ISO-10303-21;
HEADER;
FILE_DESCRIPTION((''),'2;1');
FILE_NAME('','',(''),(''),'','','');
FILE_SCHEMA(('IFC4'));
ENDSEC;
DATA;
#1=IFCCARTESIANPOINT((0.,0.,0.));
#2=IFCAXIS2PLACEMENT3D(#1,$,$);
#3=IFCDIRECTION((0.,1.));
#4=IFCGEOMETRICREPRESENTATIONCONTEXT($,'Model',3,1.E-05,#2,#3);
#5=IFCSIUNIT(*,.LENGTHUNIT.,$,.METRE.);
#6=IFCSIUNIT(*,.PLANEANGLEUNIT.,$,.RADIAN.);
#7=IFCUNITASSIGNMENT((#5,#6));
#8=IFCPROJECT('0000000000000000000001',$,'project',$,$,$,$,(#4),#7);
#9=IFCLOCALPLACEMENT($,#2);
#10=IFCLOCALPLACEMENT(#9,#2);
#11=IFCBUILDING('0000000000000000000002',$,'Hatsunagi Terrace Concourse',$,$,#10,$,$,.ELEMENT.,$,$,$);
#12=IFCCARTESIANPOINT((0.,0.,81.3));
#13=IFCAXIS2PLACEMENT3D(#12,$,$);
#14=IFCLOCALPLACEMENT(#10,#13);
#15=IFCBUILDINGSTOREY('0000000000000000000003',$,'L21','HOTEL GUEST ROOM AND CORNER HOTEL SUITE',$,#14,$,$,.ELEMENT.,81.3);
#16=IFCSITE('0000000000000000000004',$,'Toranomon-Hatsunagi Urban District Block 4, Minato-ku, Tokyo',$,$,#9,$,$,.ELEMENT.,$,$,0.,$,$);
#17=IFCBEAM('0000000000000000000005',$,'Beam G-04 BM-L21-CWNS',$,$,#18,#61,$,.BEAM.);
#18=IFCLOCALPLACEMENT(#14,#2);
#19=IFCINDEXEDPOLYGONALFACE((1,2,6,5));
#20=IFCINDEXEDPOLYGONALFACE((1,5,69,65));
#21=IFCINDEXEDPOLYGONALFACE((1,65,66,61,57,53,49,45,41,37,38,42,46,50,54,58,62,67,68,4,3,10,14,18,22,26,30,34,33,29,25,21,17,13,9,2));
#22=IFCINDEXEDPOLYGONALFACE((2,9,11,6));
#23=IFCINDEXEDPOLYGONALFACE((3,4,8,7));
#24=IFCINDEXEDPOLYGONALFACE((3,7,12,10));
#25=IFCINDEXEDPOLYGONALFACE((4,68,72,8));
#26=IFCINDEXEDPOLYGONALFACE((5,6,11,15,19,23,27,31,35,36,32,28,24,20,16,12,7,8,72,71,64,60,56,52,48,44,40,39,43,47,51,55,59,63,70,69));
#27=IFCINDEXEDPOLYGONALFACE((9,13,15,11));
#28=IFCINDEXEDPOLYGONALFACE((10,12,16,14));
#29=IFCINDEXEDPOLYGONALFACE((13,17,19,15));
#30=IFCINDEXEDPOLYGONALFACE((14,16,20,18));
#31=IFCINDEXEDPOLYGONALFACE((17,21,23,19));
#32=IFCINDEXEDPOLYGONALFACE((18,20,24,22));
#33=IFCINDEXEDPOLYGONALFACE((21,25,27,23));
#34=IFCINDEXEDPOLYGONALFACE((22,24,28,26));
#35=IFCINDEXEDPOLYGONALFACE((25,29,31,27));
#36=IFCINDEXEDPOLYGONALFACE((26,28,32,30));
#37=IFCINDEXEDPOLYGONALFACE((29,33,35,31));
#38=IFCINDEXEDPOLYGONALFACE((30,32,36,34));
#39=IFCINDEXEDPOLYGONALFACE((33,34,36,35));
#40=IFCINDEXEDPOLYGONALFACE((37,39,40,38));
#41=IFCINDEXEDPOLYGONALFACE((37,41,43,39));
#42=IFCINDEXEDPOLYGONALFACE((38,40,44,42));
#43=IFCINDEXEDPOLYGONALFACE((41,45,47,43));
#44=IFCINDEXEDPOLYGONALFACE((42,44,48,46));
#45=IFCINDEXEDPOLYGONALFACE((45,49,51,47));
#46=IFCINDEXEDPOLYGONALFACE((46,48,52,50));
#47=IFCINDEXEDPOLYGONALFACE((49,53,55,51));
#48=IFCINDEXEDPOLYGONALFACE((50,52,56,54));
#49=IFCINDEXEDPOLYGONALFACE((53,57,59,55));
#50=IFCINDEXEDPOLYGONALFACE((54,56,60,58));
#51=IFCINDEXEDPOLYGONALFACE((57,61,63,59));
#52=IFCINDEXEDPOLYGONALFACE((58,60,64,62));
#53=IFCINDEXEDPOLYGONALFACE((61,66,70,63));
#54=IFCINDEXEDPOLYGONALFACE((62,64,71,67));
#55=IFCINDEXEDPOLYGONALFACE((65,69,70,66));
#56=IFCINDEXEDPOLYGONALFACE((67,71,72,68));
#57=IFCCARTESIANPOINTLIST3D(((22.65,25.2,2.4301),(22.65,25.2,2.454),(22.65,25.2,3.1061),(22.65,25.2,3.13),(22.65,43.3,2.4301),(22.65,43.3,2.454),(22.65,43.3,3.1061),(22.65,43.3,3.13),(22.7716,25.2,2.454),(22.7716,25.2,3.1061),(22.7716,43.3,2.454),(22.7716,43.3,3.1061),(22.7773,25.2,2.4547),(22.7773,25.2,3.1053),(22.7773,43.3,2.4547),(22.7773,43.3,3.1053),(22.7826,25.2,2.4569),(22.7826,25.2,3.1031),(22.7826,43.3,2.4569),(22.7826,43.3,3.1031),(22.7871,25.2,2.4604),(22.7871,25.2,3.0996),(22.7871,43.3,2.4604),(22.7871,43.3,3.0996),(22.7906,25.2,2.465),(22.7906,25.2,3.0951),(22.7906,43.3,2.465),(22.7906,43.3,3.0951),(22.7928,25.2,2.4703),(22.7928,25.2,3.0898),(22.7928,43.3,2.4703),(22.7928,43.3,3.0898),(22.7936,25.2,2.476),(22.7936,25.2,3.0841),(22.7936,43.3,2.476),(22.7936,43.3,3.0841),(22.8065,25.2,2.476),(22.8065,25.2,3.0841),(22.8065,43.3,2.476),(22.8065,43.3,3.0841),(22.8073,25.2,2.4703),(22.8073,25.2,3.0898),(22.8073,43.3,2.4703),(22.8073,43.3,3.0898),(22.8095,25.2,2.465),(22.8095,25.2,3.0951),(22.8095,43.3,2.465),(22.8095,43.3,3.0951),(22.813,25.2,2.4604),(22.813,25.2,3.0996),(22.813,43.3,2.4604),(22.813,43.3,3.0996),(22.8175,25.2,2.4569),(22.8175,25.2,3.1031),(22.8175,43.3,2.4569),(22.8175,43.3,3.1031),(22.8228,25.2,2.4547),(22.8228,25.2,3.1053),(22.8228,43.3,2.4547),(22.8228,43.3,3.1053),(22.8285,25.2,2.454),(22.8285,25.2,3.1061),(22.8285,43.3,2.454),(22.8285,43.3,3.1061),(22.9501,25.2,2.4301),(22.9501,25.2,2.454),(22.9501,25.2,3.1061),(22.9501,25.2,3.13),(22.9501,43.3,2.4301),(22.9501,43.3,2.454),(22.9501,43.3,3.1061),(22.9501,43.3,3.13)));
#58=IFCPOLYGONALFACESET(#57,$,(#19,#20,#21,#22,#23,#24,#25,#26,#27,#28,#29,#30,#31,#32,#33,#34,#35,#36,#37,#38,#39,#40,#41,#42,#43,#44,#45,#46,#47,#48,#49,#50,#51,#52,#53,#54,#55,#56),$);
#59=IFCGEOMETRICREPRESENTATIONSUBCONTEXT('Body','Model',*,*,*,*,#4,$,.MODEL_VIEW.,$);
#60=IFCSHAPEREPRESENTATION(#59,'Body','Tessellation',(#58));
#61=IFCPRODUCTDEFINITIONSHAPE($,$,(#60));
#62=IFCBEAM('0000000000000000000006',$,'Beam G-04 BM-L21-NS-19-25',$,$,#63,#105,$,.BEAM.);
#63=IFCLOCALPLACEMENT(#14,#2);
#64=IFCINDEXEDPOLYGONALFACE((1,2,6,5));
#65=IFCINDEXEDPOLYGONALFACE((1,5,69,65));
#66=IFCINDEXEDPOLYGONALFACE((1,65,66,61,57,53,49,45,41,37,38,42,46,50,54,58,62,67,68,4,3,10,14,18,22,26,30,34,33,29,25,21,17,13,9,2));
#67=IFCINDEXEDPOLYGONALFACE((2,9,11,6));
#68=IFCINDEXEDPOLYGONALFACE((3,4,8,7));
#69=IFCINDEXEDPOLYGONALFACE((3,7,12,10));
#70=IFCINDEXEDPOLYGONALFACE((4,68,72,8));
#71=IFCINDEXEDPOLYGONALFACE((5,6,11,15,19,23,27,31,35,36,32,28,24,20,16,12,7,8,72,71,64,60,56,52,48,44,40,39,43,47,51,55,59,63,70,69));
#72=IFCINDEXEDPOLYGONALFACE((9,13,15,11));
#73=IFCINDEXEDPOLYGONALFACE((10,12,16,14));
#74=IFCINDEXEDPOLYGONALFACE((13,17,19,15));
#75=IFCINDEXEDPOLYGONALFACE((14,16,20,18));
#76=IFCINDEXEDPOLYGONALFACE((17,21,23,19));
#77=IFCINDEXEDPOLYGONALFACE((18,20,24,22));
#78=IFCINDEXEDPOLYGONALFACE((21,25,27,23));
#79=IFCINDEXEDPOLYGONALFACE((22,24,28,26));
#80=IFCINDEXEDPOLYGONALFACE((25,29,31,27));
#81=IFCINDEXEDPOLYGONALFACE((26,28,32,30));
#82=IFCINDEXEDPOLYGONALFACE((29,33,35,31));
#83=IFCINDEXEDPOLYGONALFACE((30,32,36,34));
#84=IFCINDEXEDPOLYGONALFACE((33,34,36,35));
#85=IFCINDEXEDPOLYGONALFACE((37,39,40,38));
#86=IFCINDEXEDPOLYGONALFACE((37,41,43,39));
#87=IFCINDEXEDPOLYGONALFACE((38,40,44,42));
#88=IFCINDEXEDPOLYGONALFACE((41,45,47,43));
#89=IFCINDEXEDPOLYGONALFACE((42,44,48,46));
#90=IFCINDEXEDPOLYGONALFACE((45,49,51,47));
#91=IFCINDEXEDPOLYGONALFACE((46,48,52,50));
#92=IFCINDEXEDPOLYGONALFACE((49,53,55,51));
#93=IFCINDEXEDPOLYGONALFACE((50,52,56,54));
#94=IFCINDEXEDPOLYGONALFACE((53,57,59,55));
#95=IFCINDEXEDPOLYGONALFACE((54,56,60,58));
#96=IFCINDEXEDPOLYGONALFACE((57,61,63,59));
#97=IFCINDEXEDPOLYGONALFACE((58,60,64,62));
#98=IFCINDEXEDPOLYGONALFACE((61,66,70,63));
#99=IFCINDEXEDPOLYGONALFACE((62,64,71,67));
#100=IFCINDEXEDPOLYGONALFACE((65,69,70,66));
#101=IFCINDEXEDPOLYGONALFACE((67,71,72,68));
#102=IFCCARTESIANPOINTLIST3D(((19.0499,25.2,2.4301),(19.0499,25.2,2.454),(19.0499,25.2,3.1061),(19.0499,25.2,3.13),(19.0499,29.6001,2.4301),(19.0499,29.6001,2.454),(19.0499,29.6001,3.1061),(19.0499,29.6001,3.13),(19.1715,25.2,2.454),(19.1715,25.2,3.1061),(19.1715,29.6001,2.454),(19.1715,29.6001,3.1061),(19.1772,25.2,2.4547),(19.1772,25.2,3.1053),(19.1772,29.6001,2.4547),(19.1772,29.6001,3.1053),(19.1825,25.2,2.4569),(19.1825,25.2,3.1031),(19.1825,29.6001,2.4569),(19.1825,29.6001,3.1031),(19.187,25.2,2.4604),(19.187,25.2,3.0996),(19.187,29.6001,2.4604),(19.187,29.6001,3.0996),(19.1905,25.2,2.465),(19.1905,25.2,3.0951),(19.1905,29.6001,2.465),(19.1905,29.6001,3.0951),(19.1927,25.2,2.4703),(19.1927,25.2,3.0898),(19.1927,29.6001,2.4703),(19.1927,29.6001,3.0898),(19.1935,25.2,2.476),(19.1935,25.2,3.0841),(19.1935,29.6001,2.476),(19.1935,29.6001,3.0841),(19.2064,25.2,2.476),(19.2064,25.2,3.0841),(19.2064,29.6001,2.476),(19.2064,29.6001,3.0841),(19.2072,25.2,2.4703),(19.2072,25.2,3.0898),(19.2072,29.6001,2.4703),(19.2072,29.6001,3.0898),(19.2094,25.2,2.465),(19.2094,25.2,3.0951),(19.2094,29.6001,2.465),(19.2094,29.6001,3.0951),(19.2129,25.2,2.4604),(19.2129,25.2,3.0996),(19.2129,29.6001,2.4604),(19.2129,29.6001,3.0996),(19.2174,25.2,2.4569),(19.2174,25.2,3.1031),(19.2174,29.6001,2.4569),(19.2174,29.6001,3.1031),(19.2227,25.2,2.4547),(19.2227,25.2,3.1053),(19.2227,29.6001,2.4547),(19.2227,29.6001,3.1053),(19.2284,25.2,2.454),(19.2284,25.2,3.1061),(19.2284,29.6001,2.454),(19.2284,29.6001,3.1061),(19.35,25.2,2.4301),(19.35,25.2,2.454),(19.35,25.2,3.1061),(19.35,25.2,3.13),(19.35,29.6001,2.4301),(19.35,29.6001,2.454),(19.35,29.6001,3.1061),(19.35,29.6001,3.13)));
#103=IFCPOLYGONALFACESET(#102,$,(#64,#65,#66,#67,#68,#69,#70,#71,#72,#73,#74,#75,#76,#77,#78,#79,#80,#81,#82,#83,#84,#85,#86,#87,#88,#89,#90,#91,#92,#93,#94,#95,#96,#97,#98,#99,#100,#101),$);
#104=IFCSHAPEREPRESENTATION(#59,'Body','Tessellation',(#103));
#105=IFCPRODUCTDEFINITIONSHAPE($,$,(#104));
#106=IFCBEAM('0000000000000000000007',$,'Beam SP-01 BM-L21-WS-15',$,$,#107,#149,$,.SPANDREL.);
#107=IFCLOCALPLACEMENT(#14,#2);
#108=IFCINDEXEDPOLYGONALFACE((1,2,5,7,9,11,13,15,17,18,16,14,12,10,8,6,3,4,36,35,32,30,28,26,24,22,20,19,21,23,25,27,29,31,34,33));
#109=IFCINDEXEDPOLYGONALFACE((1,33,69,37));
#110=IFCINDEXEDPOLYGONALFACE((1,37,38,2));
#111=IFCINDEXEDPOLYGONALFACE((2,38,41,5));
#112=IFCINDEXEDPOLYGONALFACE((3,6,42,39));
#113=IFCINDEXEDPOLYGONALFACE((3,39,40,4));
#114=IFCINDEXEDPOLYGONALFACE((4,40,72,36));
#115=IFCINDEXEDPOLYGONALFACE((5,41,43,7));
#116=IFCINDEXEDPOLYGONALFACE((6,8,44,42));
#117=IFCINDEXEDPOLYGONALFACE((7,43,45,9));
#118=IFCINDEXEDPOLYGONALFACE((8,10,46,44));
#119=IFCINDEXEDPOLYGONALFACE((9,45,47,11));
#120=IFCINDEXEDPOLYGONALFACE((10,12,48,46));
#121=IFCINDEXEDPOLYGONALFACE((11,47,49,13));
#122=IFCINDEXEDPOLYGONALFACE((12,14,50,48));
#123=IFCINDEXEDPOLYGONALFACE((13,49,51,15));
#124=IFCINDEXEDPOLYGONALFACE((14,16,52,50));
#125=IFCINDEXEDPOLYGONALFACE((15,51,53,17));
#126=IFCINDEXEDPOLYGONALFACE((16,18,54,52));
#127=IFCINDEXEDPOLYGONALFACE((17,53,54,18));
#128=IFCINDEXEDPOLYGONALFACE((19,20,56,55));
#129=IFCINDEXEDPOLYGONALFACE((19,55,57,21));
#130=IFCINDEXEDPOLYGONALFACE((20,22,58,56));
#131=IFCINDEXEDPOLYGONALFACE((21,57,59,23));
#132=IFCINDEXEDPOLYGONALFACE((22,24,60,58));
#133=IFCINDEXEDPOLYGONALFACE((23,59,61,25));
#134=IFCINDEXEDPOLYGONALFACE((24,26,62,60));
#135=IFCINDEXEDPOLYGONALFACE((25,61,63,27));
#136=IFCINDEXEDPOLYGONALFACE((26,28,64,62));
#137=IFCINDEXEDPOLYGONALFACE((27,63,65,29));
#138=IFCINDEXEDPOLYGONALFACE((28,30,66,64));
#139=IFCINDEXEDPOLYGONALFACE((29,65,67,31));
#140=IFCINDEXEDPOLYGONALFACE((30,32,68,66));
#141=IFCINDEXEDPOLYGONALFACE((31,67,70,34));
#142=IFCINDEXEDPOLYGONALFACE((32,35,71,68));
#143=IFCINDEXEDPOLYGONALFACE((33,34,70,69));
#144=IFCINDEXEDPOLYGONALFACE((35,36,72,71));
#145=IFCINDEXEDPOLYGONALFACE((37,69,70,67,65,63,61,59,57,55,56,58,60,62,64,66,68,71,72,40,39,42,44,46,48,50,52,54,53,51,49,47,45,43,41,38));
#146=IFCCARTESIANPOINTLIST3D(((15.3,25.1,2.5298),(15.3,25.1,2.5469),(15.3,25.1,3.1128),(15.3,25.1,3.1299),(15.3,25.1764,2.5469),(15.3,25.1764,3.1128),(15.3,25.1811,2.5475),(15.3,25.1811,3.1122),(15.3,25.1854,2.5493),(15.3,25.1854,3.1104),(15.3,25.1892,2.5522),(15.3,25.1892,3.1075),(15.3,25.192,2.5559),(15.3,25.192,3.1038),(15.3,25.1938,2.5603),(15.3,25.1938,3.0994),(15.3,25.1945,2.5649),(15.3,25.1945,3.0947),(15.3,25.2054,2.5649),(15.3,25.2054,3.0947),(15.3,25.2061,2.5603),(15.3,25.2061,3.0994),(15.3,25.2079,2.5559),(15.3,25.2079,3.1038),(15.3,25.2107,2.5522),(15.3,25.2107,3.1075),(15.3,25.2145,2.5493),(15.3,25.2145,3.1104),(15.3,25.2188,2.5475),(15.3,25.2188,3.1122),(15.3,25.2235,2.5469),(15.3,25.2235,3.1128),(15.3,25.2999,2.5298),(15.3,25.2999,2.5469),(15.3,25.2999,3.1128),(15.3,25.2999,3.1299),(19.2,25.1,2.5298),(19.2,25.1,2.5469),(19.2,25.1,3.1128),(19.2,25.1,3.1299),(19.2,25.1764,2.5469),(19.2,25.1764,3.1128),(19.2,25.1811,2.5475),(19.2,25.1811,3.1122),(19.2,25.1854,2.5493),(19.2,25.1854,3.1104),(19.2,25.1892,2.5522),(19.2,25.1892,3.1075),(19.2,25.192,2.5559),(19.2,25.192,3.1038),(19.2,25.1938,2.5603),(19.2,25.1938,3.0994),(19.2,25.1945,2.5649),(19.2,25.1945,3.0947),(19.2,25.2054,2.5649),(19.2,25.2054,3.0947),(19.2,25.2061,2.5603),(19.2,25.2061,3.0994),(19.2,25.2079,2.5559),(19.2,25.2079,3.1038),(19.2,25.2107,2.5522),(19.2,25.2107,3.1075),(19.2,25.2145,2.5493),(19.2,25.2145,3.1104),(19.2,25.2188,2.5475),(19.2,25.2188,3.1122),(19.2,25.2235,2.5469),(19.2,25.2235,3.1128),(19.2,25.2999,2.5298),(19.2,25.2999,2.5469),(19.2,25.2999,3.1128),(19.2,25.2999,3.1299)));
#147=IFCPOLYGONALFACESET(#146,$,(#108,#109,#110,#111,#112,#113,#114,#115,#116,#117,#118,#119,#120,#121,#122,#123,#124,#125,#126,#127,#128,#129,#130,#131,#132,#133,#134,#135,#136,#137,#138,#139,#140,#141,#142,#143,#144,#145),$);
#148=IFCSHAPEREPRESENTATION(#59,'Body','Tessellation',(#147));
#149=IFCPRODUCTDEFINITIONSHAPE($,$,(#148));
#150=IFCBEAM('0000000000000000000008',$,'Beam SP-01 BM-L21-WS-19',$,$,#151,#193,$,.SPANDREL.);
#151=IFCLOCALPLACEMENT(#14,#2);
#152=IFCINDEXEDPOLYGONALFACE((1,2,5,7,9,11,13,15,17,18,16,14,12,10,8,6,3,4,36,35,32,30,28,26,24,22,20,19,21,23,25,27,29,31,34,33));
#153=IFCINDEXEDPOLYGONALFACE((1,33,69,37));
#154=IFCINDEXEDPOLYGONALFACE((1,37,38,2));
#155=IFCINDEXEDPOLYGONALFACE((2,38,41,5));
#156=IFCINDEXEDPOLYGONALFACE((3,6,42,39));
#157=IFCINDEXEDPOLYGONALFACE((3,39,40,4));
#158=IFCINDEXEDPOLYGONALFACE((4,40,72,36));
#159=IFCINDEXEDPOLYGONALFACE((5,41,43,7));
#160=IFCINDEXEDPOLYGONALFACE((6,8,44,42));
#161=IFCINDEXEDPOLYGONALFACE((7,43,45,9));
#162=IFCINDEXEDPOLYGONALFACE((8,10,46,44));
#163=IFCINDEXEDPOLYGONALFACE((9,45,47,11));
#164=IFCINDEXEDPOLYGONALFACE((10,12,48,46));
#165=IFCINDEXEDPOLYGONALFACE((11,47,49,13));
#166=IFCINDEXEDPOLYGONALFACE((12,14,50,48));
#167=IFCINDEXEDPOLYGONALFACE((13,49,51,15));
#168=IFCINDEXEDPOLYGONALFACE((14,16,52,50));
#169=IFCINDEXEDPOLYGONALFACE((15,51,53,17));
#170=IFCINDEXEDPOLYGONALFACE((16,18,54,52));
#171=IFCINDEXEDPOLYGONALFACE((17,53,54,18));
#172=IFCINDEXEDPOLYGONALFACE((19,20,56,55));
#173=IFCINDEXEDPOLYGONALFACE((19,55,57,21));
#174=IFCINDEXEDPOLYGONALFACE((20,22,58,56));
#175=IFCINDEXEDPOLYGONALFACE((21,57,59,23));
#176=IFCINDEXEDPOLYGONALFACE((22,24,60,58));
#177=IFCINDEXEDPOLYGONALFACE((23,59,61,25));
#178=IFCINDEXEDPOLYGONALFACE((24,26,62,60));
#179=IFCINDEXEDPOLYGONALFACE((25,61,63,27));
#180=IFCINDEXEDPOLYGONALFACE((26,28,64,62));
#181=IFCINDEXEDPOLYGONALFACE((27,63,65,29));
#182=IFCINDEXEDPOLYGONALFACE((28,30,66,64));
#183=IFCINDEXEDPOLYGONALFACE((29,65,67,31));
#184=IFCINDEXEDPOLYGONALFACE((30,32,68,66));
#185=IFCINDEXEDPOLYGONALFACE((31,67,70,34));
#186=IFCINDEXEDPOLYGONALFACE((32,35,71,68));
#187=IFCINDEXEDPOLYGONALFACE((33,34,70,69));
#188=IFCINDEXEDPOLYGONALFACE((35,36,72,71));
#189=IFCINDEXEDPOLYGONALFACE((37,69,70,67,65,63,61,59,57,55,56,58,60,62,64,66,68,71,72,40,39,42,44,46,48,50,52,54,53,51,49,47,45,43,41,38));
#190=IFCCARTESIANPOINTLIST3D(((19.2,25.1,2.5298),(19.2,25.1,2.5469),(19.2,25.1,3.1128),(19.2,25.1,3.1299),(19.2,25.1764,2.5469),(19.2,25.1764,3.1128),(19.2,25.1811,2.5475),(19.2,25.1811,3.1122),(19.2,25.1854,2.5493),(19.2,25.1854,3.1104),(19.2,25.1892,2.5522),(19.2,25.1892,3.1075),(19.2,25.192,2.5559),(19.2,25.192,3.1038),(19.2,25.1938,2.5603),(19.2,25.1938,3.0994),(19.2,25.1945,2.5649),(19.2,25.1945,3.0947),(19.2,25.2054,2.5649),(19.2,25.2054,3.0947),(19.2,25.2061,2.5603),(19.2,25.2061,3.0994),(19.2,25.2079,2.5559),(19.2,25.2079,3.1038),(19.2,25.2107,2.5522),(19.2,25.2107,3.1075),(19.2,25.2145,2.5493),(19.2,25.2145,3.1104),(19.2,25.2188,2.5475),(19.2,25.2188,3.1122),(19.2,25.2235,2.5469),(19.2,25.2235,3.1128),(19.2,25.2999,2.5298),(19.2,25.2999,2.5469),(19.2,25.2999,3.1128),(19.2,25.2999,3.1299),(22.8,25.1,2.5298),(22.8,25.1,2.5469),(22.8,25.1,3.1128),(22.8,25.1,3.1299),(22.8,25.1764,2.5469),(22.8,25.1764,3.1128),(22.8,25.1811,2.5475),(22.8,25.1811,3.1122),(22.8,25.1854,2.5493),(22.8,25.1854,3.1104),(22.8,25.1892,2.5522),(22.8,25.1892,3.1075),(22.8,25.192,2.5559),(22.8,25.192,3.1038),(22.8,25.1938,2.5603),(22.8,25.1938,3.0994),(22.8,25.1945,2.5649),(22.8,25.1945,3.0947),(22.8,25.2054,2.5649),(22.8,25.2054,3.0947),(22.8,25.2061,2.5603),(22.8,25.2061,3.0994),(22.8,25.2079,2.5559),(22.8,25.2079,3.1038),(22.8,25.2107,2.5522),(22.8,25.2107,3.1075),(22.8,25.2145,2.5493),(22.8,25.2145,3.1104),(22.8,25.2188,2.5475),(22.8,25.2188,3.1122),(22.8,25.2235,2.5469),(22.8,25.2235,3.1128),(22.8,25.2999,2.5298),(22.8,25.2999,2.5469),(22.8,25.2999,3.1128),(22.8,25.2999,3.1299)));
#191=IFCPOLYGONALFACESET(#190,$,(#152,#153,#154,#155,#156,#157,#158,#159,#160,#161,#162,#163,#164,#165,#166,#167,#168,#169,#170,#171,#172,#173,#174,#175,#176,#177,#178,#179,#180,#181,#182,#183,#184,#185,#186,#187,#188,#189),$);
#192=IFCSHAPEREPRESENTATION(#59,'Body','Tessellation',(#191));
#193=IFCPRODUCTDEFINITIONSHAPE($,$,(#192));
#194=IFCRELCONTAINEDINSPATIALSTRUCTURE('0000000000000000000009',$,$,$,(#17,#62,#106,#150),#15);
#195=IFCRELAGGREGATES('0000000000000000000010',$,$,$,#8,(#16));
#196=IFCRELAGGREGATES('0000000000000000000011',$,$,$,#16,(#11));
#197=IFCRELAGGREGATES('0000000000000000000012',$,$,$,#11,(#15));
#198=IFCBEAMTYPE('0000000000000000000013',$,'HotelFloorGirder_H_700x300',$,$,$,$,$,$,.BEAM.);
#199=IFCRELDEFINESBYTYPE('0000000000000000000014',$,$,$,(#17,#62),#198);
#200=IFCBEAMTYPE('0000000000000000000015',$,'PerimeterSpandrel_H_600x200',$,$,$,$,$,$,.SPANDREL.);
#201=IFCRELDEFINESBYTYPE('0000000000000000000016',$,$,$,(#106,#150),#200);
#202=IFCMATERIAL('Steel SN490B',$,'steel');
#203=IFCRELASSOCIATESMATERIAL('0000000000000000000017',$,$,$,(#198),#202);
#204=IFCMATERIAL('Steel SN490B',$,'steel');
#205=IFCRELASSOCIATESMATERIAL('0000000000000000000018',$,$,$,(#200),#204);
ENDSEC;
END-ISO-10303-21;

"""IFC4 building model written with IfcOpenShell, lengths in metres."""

from ifc_helpers import new_model, si_unit, direction, frame, origin, origin_2d, place, context, subcontext, project, spatial, i_section, extrude, material, material_profile, profile_set, type_object, element, save


model = new_model("IFC4")

# Units and contexts
model_context = context("Model", 3, precision=1e-05, world=origin(), true_north=direction((0.0, 1.0)))
body_context = subcontext(model_context, "Body", "Model", "MODEL_VIEW")
ifc_project = project(units=[si_unit("LENGTHUNIT", "METRE"), si_unit("PLANEANGLEUNIT", "RADIAN")], contexts=[model_context])

# Site, building, storey
site_placement = place(None, origin())
site = spatial("IfcSite", under=ifc_project, at=site_placement, Name="Toranomon-Hatsunagi Urban District Block 4, Minato-ku, Tokyo", CompositionType="ELEMENT", RefElevation=0.0)
building_placement = place(site_placement, origin())
building = spatial("IfcBuilding", under=site, at=building_placement, Name="Hatsunagi Terrace Concourse", CompositionType="ELEMENT")
storey_placement = place(building_placement, frame((0.0, 0.0, 81.3)))
storey = spatial("IfcBuildingStorey", under=building, at=storey_placement, Name="L21", Description="HOTEL GUEST ROOM AND CORNER HOTEL SUITE", CompositionType="ELEMENT", Elevation=81.3)

# Beams
ifc_material_1 = material(Name="Steel SN490B", Category="steel")
ifc_material_profile_1 = material_profile(ifc_material_1, i_section(OverallWidth=0.3, OverallDepth=0.7, WebThickness=0.0129, FlangeThickness=0.0239, FilletRadius=0.022, at=origin_2d()), Name="H-700x300x13x24")
ifc_profile_set_1 = profile_set([ifc_material_profile_1], Name="Steel SN490B")
beam_type_1 = type_object("IfcBeamType", Name="HotelFloorGirder_H_700x300", PredefinedType="BEAM", material=ifc_profile_set_1)
beam_1_placement = place(storey_placement, frame((22.8, 25.2, 2.78), z_axis=(0.0, 1.0, 0.0), x_axis=(-1.0, 0.0, 0.0)))
element("IfcBeam", 1, at=beam_1_placement, inside=storey, type_object=beam_type_1, Name="Beam G-04 BM-L21-CWNS", PredefinedType="BEAM", context=body_context, shape_type="SweptSolid", body=[
    extrude(i_section(OverallWidth=0.3, OverallDepth=0.7, WebThickness=0.0129, FlangeThickness=0.0239, FilletRadius=0.022, at=origin_2d()), origin(), (0.0, 0.0, 1.0), 18.1001),
])
beam_2_placement = place(storey_placement, frame((19.2, 25.2, 2.78), z_axis=(0.0, 1.0, 0.0), x_axis=(-1.0, 0.0, 0.0)))
element("IfcBeam", 2, at=beam_2_placement, inside=storey, type_object=beam_type_1, Name="Beam G-04 BM-L21-NS-19-25", PredefinedType="BEAM", context=body_context, shape_type="SweptSolid", body=[
    extrude(i_section(OverallWidth=0.3, OverallDepth=0.7, WebThickness=0.0129, FlangeThickness=0.0239, FilletRadius=0.022, at=origin_2d()), origin(), (0.0, 0.0, 1.0), 4.4001),
])
ifc_material_2 = material(Name="Steel SN490B", Category="steel")
ifc_material_profile_2 = material_profile(ifc_material_2, i_section(OverallWidth=0.2, OverallDepth=0.6001, WebThickness=0.011, FlangeThickness=0.0171, FilletRadius=0.0181, at=origin_2d()), Name="H-600x200x11x17")
ifc_profile_set_2 = profile_set([ifc_material_profile_2], Name="Steel SN490B")
beam_type_2 = type_object("IfcBeamType", Name="PerimeterSpandrel_H_600x200", PredefinedType="SPANDREL", material=ifc_profile_set_2)
beam_3_placement = place(storey_placement, frame((15.3, 25.2, 2.8298), z_axis=(1.0, 0.0, 0.0), x_axis=(0.0, 1.0, 0.0)))
element("IfcBeam", 3, at=beam_3_placement, inside=storey, type_object=beam_type_2, Name="Beam SP-01 BM-L21-WS-15", PredefinedType="SPANDREL", context=body_context, shape_type="SweptSolid", body=[
    extrude(i_section(OverallWidth=0.2, OverallDepth=0.6001, WebThickness=0.011, FlangeThickness=0.0171, FilletRadius=0.0181, at=origin_2d()), origin(), (0.0, 0.0, 1.0), 3.8999),
])
beam_4_placement = place(storey_placement, frame((19.2, 25.2, 2.8298), z_axis=(1.0, 0.0, 0.0), x_axis=(0.0, 1.0, 0.0)))
element("IfcBeam", 4, at=beam_4_placement, inside=storey, type_object=beam_type_2, Name="Beam SP-01 BM-L21-WS-19", PredefinedType="SPANDREL", context=body_context, shape_type="SweptSolid", body=[
    extrude(i_section(OverallWidth=0.2, OverallDepth=0.6001, WebThickness=0.011, FlangeThickness=0.0171, FilletRadius=0.0181, at=origin_2d()), origin(), (0.0, 0.0, 1.0), 3.6001),
])

save(model, "model.ifc")
